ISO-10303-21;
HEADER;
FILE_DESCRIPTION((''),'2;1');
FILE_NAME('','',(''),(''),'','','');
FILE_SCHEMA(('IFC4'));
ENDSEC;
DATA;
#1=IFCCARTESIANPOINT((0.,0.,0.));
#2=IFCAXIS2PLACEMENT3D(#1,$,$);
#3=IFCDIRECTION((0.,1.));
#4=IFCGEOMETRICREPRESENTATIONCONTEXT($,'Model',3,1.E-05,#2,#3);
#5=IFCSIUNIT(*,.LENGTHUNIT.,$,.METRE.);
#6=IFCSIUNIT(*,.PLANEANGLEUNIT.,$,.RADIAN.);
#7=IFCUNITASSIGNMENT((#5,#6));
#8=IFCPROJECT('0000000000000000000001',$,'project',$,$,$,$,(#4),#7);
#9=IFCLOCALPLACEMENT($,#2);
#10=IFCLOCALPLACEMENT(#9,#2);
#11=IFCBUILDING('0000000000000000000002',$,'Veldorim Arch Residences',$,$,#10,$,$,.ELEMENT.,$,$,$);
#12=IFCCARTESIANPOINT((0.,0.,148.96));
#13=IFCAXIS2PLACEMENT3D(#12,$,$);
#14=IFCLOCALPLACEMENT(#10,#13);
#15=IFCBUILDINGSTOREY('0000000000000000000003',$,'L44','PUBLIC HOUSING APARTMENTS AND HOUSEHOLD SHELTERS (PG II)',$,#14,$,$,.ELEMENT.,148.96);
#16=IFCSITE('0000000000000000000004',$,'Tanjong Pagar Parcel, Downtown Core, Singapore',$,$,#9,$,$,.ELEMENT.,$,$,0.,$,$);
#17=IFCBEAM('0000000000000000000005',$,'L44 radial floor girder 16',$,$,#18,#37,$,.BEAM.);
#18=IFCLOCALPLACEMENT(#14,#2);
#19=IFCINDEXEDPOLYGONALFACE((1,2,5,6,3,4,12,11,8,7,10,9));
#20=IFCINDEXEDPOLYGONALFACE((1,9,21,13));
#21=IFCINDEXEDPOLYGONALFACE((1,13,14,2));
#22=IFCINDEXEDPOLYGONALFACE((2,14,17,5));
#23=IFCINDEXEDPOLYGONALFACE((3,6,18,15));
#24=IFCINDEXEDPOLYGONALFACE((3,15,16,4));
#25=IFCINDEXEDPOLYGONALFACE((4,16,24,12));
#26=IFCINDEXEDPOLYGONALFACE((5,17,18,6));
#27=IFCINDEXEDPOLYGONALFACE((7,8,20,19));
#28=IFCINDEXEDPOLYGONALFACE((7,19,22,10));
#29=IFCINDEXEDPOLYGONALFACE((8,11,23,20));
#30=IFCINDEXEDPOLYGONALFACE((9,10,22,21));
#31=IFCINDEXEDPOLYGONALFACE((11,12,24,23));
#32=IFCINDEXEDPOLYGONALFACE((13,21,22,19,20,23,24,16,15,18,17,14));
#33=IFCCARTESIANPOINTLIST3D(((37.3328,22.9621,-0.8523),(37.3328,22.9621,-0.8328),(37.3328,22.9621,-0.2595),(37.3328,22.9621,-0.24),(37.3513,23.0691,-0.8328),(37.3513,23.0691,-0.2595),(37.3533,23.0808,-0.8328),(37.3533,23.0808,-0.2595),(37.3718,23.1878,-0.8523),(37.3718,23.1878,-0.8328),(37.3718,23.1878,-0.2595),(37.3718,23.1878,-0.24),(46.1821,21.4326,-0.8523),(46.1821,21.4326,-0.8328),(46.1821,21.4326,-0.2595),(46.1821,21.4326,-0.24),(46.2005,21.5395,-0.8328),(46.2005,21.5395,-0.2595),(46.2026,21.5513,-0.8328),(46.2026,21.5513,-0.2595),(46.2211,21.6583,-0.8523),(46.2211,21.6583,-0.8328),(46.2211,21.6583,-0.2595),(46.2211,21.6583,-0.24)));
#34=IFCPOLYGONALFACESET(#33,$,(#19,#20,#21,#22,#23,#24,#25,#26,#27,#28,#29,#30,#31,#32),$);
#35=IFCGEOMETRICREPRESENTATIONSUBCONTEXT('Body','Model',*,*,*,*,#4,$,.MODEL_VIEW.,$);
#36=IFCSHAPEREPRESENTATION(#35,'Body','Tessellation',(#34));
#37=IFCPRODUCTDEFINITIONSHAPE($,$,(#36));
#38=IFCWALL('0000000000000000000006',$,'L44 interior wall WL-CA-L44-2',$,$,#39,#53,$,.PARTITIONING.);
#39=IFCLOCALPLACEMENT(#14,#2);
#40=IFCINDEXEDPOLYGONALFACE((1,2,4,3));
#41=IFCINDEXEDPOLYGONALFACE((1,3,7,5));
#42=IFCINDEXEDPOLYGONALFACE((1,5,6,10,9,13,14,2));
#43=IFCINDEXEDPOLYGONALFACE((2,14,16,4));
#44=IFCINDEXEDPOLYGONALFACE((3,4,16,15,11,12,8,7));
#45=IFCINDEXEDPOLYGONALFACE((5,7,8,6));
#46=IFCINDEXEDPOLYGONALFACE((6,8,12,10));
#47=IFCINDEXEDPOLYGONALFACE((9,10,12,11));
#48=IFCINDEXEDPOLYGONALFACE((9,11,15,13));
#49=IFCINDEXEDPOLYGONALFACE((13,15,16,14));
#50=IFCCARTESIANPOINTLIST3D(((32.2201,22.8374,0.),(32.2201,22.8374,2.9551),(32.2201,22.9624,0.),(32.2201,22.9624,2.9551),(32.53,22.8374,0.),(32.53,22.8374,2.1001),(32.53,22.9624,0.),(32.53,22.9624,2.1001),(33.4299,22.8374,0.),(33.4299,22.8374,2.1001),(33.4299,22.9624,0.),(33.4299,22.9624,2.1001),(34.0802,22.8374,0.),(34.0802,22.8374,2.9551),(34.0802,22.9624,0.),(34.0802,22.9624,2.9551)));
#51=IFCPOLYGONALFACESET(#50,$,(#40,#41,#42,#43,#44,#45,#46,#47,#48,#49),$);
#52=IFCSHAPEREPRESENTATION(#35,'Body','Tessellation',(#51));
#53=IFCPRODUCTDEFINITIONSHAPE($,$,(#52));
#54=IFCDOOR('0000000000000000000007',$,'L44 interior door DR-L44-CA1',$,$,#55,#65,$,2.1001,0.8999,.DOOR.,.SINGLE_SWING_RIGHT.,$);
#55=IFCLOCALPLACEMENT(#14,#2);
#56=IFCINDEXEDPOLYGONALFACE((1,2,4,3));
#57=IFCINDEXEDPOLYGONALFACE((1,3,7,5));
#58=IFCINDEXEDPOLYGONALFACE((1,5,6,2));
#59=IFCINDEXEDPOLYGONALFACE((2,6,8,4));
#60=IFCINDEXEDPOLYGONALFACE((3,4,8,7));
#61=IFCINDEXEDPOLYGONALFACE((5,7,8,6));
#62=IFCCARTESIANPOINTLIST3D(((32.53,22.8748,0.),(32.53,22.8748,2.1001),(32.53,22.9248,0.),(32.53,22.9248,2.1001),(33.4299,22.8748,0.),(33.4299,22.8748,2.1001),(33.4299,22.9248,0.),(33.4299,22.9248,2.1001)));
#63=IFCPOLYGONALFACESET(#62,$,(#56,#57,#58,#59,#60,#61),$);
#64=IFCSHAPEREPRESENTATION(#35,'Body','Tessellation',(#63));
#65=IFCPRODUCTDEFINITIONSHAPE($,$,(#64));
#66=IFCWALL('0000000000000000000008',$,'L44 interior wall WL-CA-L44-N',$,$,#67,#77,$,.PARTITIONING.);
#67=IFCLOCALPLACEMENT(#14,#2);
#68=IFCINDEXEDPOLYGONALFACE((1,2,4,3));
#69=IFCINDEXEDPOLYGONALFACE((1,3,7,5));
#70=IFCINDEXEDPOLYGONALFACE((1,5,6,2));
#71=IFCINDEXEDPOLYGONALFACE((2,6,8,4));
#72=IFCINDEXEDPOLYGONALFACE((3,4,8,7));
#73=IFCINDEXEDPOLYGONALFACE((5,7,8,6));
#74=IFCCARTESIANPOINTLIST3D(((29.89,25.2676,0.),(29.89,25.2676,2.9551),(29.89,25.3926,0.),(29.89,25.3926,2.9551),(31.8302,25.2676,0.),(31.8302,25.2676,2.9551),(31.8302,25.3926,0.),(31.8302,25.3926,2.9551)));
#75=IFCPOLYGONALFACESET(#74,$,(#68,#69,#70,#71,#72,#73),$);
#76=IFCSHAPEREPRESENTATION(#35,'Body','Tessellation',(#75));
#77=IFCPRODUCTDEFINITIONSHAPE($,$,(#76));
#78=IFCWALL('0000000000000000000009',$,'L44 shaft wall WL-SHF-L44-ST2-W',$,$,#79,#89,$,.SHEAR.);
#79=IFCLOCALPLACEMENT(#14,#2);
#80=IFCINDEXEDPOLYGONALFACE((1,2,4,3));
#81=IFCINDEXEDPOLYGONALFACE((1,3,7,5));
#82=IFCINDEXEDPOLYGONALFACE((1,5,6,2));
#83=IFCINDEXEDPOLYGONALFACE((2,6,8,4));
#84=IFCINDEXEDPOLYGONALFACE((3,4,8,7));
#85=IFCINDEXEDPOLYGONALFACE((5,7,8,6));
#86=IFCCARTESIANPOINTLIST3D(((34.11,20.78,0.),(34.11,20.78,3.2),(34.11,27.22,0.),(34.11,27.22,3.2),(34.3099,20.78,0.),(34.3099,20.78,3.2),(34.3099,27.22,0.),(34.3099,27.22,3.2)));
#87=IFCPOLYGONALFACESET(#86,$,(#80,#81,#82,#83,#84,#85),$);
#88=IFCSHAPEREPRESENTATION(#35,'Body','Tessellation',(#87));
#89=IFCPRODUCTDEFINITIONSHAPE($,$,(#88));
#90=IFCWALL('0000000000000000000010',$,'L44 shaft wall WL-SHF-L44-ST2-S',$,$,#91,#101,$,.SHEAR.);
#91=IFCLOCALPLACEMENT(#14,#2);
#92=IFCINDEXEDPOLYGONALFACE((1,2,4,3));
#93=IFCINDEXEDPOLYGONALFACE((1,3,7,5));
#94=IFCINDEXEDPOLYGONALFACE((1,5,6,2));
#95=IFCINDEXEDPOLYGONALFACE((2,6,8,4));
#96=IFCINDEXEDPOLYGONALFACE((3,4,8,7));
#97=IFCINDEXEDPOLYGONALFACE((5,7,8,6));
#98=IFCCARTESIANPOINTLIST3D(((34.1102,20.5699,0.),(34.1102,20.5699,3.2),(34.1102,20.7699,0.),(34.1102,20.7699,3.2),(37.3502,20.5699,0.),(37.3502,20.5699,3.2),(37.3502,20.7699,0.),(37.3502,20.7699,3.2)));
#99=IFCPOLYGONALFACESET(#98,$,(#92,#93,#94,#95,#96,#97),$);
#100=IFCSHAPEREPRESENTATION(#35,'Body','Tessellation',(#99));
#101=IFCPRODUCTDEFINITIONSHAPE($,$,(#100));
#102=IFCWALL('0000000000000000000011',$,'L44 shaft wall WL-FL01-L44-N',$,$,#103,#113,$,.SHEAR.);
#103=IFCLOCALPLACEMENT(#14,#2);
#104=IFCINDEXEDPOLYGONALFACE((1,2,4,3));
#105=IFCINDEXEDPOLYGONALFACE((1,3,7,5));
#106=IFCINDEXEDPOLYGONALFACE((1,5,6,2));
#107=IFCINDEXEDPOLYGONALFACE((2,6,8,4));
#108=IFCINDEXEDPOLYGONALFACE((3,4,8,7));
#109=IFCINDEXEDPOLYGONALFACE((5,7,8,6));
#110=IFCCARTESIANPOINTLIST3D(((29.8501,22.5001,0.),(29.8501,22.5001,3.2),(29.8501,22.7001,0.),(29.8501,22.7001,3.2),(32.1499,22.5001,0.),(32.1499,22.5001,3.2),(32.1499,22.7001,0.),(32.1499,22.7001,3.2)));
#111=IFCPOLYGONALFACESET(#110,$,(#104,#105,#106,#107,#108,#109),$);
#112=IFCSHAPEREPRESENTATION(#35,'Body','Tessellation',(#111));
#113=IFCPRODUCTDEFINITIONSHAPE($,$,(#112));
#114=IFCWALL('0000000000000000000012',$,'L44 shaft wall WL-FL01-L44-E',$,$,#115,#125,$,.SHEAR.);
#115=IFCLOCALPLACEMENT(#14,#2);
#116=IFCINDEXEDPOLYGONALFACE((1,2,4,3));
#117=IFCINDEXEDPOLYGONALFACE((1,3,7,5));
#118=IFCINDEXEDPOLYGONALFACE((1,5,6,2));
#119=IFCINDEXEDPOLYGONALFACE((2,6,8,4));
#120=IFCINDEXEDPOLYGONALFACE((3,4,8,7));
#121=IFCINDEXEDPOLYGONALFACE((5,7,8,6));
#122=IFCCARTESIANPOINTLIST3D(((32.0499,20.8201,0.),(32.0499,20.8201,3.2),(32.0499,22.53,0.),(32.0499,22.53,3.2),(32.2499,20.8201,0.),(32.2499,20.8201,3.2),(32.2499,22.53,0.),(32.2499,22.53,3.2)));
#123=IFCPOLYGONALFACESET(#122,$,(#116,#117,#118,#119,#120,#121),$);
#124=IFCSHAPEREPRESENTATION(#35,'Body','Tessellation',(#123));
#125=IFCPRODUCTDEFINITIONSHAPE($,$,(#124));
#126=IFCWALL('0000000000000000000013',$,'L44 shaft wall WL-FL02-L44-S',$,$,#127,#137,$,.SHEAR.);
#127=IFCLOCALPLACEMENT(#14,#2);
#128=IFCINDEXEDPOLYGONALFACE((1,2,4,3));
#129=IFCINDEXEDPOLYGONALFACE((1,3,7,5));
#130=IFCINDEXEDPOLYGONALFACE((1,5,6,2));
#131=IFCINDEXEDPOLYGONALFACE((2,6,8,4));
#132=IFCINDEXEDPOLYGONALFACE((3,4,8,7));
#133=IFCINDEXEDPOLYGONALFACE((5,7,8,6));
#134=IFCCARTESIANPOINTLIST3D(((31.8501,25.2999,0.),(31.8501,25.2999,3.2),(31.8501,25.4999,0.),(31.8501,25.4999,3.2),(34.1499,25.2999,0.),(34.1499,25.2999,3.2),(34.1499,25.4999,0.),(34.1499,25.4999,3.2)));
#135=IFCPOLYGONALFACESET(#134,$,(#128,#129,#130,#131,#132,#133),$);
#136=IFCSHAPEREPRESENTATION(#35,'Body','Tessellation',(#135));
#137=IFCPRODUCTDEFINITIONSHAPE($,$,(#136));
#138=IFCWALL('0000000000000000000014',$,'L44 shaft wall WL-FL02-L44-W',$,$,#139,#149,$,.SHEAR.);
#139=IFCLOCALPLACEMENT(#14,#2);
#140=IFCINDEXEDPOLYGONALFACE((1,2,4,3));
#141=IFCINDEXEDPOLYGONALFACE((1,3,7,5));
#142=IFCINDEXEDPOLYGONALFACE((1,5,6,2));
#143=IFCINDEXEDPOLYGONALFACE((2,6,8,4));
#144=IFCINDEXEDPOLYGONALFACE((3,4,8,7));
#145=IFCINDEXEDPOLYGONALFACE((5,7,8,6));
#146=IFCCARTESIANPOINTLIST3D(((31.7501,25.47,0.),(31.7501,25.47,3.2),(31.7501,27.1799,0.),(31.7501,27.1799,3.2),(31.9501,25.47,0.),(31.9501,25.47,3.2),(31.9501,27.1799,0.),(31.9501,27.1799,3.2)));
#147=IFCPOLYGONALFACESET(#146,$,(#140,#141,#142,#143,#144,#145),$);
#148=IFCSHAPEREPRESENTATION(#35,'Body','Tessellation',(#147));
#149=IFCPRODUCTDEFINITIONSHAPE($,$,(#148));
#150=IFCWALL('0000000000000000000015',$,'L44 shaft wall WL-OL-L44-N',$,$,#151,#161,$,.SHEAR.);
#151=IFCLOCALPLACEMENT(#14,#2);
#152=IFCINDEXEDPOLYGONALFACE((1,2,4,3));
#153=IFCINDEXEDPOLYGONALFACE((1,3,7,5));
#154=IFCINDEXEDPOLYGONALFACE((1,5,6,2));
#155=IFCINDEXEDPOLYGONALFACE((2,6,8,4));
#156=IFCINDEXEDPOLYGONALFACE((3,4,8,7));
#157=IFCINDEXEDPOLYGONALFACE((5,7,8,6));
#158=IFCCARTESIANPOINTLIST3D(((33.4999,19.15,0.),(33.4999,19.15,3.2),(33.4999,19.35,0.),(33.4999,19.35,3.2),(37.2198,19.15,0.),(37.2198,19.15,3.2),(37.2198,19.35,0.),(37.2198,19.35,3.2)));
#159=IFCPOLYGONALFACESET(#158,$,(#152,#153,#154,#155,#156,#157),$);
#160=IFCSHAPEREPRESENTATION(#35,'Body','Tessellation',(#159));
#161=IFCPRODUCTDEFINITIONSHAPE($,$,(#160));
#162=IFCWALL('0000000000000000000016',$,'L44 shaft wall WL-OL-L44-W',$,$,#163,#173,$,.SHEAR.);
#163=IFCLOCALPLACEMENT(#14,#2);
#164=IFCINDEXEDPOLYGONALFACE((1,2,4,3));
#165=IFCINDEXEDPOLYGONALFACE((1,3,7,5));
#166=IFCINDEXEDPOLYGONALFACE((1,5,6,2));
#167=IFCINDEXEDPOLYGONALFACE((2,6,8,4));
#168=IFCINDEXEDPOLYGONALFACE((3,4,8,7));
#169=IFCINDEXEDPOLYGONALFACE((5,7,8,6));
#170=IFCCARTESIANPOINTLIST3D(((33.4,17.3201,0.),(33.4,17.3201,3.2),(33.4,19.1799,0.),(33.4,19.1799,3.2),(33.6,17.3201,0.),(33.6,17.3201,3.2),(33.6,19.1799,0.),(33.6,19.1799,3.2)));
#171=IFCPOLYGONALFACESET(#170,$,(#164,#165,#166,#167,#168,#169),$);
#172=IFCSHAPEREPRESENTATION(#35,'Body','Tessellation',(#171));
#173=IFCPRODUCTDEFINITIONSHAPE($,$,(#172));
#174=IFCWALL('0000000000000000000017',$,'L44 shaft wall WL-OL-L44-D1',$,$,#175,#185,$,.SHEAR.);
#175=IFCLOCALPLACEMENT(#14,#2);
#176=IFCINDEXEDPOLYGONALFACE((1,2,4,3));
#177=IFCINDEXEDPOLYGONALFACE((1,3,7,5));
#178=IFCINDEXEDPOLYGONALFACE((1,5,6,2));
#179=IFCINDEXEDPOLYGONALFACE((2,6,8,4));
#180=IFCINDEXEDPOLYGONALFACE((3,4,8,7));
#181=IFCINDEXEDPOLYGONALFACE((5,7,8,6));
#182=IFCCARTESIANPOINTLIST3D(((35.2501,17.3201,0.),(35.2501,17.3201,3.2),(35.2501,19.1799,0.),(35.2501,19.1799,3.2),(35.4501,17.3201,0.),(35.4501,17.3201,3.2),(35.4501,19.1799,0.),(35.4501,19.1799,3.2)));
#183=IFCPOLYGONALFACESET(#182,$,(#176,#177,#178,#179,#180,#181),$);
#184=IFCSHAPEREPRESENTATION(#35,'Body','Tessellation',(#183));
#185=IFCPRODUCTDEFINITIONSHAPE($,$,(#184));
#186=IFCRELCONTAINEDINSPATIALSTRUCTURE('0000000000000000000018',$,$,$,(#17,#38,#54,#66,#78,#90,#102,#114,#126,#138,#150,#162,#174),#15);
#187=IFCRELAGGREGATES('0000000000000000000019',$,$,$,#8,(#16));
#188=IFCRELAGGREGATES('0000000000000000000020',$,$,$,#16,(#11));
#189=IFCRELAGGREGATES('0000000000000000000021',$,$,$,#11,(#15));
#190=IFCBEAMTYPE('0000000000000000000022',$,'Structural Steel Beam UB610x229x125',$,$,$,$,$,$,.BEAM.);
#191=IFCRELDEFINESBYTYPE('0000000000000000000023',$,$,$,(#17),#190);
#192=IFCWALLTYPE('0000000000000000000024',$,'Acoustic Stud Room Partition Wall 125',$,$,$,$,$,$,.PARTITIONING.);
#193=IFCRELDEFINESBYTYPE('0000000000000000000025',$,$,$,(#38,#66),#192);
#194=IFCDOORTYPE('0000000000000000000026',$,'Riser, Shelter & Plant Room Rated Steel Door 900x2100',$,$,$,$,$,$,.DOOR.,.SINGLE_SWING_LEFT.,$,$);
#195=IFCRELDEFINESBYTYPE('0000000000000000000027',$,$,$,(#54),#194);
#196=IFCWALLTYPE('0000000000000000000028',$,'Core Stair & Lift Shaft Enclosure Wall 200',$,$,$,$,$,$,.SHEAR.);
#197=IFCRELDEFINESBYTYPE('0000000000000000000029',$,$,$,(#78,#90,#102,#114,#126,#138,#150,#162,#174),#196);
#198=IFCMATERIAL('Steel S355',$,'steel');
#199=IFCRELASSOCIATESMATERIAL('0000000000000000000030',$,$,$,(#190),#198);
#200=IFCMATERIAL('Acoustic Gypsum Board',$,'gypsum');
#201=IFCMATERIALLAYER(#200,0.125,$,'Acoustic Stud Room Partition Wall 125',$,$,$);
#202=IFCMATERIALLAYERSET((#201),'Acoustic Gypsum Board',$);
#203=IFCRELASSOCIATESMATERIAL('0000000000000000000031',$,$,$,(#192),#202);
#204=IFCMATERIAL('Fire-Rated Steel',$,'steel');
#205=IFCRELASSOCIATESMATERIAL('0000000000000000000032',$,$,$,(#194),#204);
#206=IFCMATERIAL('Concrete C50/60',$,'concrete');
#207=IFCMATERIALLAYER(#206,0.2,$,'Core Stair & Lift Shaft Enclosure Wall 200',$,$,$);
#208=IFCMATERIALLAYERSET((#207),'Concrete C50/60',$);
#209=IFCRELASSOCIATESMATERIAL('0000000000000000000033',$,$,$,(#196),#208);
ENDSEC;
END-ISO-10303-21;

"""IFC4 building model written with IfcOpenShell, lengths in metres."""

from ifc_helpers import new_model, si_unit, direction, frame, frame_2d, origin, origin_2d, place, context, subcontext, project, spatial, rectangle, i_section, extrude, material, layer, layer_set, material_profile, profile_set, type_object, element, fill, save


model = new_model("IFC4")

# Units and contexts
model_context = context("Model", 3, precision=1e-05, world=origin(), true_north=direction((0.0, 1.0)))
body_context = subcontext(model_context, "Body", "Model", "MODEL_VIEW")
ifc_project = project(units=[si_unit("LENGTHUNIT", "METRE"), si_unit("PLANEANGLEUNIT", "RADIAN")], contexts=[model_context])

# Site, building, storey
site_placement = place(None, origin())
site = spatial("IfcSite", under=ifc_project, at=site_placement, Name="Tanjong Pagar Parcel, Downtown Core, Singapore", CompositionType="ELEMENT", RefElevation=0.0)
building_placement = place(site_placement, origin())
building = spatial("IfcBuilding", under=site, at=building_placement, Name="Veldorim Arch Residences", CompositionType="ELEMENT")
storey_placement = place(building_placement, frame((0.0, 0.0, 148.96)))
storey = spatial("IfcBuildingStorey", under=building, at=storey_placement, Name="L44", Description="PUBLIC HOUSING APARTMENTS AND HOUSEHOLD SHELTERS (PG II)", CompositionType="ELEMENT", Elevation=148.96)

# Beam
ifc_material_1 = material(Name="Steel S355", Category="steel")
ifc_material_profile = material_profile(ifc_material_1, i_section(OverallWidth=0.229, OverallDepth=0.6123, WebThickness=0.012, FlangeThickness=0.0195, at=origin_2d()), Name="UB610x229x125")
ifc_profile_set = profile_set([ifc_material_profile], Name="Steel S355")
beam_type = type_object("IfcBeamType", Name="Structural Steel Beam UB610x229x125", PredefinedType="BEAM", material=ifc_profile_set)
beam_placement = place(storey_placement, frame((37.3523, 23.075, -0.5461), z_axis=(0.985389, -0.170317, 0.0), x_axis=(0.170317, 0.985389, 0.0)))
element("IfcBeam", 1, at=beam_placement, inside=storey, type_object=beam_type, Name="L44 radial floor girder 16", PredefinedType="BEAM", context=body_context, shape_type="SweptSolid", body=[
    extrude(i_section(OverallWidth=0.229, OverallDepth=0.6123, WebThickness=0.012, FlangeThickness=0.0195, at=origin_2d()), origin(), (0.0, 0.0, 1.0), 8.9805),
])

# Wall, opening, door
ifc_material_2 = material(Name="Acoustic Gypsum Board", Category="gypsum")
ifc_layer_1 = layer(ifc_material_2, 0.125, Name="Acoustic Stud Room Partition Wall 125")
ifc_layer_set_1 = layer_set([ifc_layer_1], Name="Acoustic Gypsum Board")
wall_type_1 = type_object("IfcWallType", Name="Acoustic Stud Room Partition Wall 125", PredefinedType="PARTITIONING", material=ifc_layer_set_1)
wall_1_placement = place(storey_placement, frame((32.22, 22.8999, 0.0), z_axis=(0.0, 0.0, 1.0), x_axis=(1.0, 0.0, 0.0)))
wall_1 = element("IfcWall", 2, at=wall_1_placement, inside=storey, type_object=wall_type_1, Name="L44 interior wall WL-CA-L44-2", PredefinedType="PARTITIONING", context=body_context, shape_type="SweptSolid", body=[
    extrude(rectangle(XDim=1.8601, YDim=0.125, at=frame_2d((0.9302, 0.0))), origin(), (0.0, 0.0, 1.0), 2.9551),
])
opening_1_placement = place(wall_1_placement, frame((0.3101, 0.0, 0.0)))
opening_1 = element("IfcOpeningElement", 3, at=opening_1_placement, cuts=wall_1, PredefinedType="OPENING", context=body_context, shape_type="SweptSolid", body=[
    extrude(rectangle(XDim=0.8999, YDim=2.1001, at=frame_2d((0.45, 1.05))), frame((0.0, 0.0725, 0.0), z_axis=(0.0, -1.0, 0.0), x_axis=(1.0, 0.0, 0.0)), (0.0, 0.0, 1.0), 0.145),
])
ifc_material_3 = material(Name="Fire-Rated Steel", Category="steel")
door_type_1 = type_object("IfcDoorType", Name="Riser, Shelter & Plant Room Rated Steel Door 900x2100", OperationType="SINGLE_SWING_LEFT", PredefinedType="DOOR", material=ifc_material_3)
door_1_placement = place(opening_1_placement, origin())
door_1 = element("IfcDoor", 4, at=door_1_placement, inside=storey, type_object=door_type_1, Name="L44 interior door DR-L44-CA1", OperationType="SINGLE_SWING_RIGHT", OverallHeight=2.1001, OverallWidth=0.8999, PredefinedType="DOOR", context=body_context, shape_type="SweptSolid", body=[
    extrude(rectangle(XDim=0.8999, YDim=2.1001, at=frame_2d((0.45, 1.05))), frame((0.0, 0.0249, 0.0), z_axis=(0.0, -1.0, 0.0), x_axis=(1.0, 0.0, 0.0)), (0.0, 0.0, 1.0), 0.05),
])
fill(opening_1, door_1)

# Walls
wall_2_placement = place(storey_placement, frame((29.8899, 25.3301, 0.0), z_axis=(0.0, 0.0, 1.0), x_axis=(1.0, 0.0, 0.0)))
element("IfcWall", 5, at=wall_2_placement, inside=storey, type_object=wall_type_1, Name="L44 interior wall WL-CA-L44-N", PredefinedType="PARTITIONING", context=body_context, shape_type="SweptSolid", body=[
    extrude(rectangle(XDim=1.9402, YDim=0.125, at=frame_2d((0.9702, 0.0))), origin(), (0.0, 0.0, 1.0), 2.9551),
])
ifc_material_4 = material(Name="Concrete C50/60", Category="concrete")
ifc_layer_2 = layer(ifc_material_4, 0.2, Name="Core Stair & Lift Shaft Enclosure Wall 200")
ifc_layer_set_2 = layer_set([ifc_layer_2], Name="Concrete C50/60")
wall_type_2 = type_object("IfcWallType", Name="Core Stair & Lift Shaft Enclosure Wall 200", PredefinedType="SHEAR", material=ifc_layer_set_2)
wall_3_placement = place(storey_placement, frame((34.21, 20.78, 0.0), z_axis=(0.0, 0.0, 1.0), x_axis=(0.0, 1.0, 0.0)))
element("IfcWall", 6, at=wall_3_placement, inside=storey, type_object=wall_type_2, Name="L44 shaft wall WL-SHF-L44-ST2-W", PredefinedType="SHEAR", context=body_context, shape_type="SweptSolid", body=[
    extrude(rectangle(XDim=6.4399, YDim=0.2, at=frame_2d((3.22, 0.0))), origin(), (0.0, 0.0, 1.0), 3.2),
])
wall_4_placement = place(storey_placement, frame((34.1101, 20.6699, 0.0), z_axis=(0.0, 0.0, 1.0), x_axis=(1.0, 0.0, 0.0)))
element("IfcWall", 7, at=wall_4_placement, inside=storey, type_object=wall_type_2, Name="L44 shaft wall WL-SHF-L44-ST2-S", PredefinedType="SHEAR", context=body_context, shape_type="SweptSolid", body=[
    extrude(rectangle(XDim=3.24, YDim=0.2, at=frame_2d((1.6201, 0.0))), origin(), (0.0, 0.0, 1.0), 3.2),
])

# Walls
wall_5_placement = place(storey_placement, frame((29.8501, 22.6001, 0.0), z_axis=(0.0, 0.0, 1.0), x_axis=(1.0, 0.0, 0.0)))
element("IfcWall", 8, at=wall_5_placement, inside=storey, type_object=wall_type_2, Name="L44 shaft wall WL-FL01-L44-N", PredefinedType="SHEAR", context=body_context, shape_type="SweptSolid", body=[
    extrude(rectangle(XDim=2.2998, YDim=0.2, at=frame_2d((1.1499, 0.0))), origin(), (0.0, 0.0, 1.0), 3.2),
])
wall_6_placement = place(storey_placement, frame((32.1499, 20.8201, 0.0), z_axis=(0.0, 0.0, 1.0), x_axis=(0.0, 1.0, 0.0)))
element("IfcWall", 9, at=wall_6_placement, inside=storey, type_object=wall_type_2, Name="L44 shaft wall WL-FL01-L44-E", PredefinedType="SHEAR", context=body_context, shape_type="SweptSolid", body=[
    extrude(rectangle(XDim=1.71, YDim=0.2, at=frame_2d((0.855, 0.0))), origin(), (0.0, 0.0, 1.0), 3.2),
])
wall_7_placement = place(storey_placement, frame((31.8501, 25.3999, 0.0), z_axis=(0.0, 0.0, 1.0), x_axis=(1.0, 0.0, 0.0)))
element("IfcWall", 10, at=wall_7_placement, inside=storey, type_object=wall_type_2, Name="L44 shaft wall WL-FL02-L44-S", PredefinedType="SHEAR", context=body_context, shape_type="SweptSolid", body=[
    extrude(rectangle(XDim=2.2998, YDim=0.2, at=frame_2d((1.1499, 0.0))), origin(), (0.0, 0.0, 1.0), 3.2),
])
wall_8_placement = place(storey_placement, frame((31.8501, 25.47, 0.0), z_axis=(0.0, 0.0, 1.0), x_axis=(0.0, 1.0, 0.0)))
element("IfcWall", 11, at=wall_8_placement, inside=storey, type_object=wall_type_2, Name="L44 shaft wall WL-FL02-L44-W", PredefinedType="SHEAR", context=body_context, shape_type="SweptSolid", body=[
    extrude(rectangle(XDim=1.71, YDim=0.2, at=frame_2d((0.855, 0.0))), origin(), (0.0, 0.0, 1.0), 3.2),
])
wall_9_placement = place(storey_placement, frame((33.5, 19.25, 0.0), z_axis=(0.0, 0.0, 1.0), x_axis=(1.0, 0.0, 0.0)))
element("IfcWall", 12, at=wall_9_placement, inside=storey, type_object=wall_type_2, Name="L44 shaft wall WL-OL-L44-N", PredefinedType="SHEAR", context=body_context, shape_type="SweptSolid", body=[
    extrude(rectangle(XDim=3.72, YDim=0.2, at=frame_2d((1.8599, 0.0))), origin(), (0.0, 0.0, 1.0), 3.2),
])
for number, where, z_axis, x_axis, name in (
    (13, (33.5, 17.3201, 0.0), (0.0, 0.0, 1.0), (0.0, 1.0, 0.0), "L44 shaft wall WL-OL-L44-W"),
    (14, (35.3501, 17.3201, 0.0), (0.0, 0.0, 1.0), (0.0, 1.0, 0.0), "L44 shaft wall WL-OL-L44-D1"),
):
    element("IfcWall", number, at=place(storey_placement, frame(where, z_axis=z_axis, x_axis=x_axis)), inside=storey, type_object=wall_type_2, Name=name, PredefinedType="SHEAR", context=body_context, shape_type="SweptSolid", body=[
        extrude(rectangle(XDim=1.8599, YDim=0.2, at=frame_2d((0.9299, 0.0))), origin(), (0.0, 0.0, 1.0), 3.2),
    ])

save(model, "model.ifc")
